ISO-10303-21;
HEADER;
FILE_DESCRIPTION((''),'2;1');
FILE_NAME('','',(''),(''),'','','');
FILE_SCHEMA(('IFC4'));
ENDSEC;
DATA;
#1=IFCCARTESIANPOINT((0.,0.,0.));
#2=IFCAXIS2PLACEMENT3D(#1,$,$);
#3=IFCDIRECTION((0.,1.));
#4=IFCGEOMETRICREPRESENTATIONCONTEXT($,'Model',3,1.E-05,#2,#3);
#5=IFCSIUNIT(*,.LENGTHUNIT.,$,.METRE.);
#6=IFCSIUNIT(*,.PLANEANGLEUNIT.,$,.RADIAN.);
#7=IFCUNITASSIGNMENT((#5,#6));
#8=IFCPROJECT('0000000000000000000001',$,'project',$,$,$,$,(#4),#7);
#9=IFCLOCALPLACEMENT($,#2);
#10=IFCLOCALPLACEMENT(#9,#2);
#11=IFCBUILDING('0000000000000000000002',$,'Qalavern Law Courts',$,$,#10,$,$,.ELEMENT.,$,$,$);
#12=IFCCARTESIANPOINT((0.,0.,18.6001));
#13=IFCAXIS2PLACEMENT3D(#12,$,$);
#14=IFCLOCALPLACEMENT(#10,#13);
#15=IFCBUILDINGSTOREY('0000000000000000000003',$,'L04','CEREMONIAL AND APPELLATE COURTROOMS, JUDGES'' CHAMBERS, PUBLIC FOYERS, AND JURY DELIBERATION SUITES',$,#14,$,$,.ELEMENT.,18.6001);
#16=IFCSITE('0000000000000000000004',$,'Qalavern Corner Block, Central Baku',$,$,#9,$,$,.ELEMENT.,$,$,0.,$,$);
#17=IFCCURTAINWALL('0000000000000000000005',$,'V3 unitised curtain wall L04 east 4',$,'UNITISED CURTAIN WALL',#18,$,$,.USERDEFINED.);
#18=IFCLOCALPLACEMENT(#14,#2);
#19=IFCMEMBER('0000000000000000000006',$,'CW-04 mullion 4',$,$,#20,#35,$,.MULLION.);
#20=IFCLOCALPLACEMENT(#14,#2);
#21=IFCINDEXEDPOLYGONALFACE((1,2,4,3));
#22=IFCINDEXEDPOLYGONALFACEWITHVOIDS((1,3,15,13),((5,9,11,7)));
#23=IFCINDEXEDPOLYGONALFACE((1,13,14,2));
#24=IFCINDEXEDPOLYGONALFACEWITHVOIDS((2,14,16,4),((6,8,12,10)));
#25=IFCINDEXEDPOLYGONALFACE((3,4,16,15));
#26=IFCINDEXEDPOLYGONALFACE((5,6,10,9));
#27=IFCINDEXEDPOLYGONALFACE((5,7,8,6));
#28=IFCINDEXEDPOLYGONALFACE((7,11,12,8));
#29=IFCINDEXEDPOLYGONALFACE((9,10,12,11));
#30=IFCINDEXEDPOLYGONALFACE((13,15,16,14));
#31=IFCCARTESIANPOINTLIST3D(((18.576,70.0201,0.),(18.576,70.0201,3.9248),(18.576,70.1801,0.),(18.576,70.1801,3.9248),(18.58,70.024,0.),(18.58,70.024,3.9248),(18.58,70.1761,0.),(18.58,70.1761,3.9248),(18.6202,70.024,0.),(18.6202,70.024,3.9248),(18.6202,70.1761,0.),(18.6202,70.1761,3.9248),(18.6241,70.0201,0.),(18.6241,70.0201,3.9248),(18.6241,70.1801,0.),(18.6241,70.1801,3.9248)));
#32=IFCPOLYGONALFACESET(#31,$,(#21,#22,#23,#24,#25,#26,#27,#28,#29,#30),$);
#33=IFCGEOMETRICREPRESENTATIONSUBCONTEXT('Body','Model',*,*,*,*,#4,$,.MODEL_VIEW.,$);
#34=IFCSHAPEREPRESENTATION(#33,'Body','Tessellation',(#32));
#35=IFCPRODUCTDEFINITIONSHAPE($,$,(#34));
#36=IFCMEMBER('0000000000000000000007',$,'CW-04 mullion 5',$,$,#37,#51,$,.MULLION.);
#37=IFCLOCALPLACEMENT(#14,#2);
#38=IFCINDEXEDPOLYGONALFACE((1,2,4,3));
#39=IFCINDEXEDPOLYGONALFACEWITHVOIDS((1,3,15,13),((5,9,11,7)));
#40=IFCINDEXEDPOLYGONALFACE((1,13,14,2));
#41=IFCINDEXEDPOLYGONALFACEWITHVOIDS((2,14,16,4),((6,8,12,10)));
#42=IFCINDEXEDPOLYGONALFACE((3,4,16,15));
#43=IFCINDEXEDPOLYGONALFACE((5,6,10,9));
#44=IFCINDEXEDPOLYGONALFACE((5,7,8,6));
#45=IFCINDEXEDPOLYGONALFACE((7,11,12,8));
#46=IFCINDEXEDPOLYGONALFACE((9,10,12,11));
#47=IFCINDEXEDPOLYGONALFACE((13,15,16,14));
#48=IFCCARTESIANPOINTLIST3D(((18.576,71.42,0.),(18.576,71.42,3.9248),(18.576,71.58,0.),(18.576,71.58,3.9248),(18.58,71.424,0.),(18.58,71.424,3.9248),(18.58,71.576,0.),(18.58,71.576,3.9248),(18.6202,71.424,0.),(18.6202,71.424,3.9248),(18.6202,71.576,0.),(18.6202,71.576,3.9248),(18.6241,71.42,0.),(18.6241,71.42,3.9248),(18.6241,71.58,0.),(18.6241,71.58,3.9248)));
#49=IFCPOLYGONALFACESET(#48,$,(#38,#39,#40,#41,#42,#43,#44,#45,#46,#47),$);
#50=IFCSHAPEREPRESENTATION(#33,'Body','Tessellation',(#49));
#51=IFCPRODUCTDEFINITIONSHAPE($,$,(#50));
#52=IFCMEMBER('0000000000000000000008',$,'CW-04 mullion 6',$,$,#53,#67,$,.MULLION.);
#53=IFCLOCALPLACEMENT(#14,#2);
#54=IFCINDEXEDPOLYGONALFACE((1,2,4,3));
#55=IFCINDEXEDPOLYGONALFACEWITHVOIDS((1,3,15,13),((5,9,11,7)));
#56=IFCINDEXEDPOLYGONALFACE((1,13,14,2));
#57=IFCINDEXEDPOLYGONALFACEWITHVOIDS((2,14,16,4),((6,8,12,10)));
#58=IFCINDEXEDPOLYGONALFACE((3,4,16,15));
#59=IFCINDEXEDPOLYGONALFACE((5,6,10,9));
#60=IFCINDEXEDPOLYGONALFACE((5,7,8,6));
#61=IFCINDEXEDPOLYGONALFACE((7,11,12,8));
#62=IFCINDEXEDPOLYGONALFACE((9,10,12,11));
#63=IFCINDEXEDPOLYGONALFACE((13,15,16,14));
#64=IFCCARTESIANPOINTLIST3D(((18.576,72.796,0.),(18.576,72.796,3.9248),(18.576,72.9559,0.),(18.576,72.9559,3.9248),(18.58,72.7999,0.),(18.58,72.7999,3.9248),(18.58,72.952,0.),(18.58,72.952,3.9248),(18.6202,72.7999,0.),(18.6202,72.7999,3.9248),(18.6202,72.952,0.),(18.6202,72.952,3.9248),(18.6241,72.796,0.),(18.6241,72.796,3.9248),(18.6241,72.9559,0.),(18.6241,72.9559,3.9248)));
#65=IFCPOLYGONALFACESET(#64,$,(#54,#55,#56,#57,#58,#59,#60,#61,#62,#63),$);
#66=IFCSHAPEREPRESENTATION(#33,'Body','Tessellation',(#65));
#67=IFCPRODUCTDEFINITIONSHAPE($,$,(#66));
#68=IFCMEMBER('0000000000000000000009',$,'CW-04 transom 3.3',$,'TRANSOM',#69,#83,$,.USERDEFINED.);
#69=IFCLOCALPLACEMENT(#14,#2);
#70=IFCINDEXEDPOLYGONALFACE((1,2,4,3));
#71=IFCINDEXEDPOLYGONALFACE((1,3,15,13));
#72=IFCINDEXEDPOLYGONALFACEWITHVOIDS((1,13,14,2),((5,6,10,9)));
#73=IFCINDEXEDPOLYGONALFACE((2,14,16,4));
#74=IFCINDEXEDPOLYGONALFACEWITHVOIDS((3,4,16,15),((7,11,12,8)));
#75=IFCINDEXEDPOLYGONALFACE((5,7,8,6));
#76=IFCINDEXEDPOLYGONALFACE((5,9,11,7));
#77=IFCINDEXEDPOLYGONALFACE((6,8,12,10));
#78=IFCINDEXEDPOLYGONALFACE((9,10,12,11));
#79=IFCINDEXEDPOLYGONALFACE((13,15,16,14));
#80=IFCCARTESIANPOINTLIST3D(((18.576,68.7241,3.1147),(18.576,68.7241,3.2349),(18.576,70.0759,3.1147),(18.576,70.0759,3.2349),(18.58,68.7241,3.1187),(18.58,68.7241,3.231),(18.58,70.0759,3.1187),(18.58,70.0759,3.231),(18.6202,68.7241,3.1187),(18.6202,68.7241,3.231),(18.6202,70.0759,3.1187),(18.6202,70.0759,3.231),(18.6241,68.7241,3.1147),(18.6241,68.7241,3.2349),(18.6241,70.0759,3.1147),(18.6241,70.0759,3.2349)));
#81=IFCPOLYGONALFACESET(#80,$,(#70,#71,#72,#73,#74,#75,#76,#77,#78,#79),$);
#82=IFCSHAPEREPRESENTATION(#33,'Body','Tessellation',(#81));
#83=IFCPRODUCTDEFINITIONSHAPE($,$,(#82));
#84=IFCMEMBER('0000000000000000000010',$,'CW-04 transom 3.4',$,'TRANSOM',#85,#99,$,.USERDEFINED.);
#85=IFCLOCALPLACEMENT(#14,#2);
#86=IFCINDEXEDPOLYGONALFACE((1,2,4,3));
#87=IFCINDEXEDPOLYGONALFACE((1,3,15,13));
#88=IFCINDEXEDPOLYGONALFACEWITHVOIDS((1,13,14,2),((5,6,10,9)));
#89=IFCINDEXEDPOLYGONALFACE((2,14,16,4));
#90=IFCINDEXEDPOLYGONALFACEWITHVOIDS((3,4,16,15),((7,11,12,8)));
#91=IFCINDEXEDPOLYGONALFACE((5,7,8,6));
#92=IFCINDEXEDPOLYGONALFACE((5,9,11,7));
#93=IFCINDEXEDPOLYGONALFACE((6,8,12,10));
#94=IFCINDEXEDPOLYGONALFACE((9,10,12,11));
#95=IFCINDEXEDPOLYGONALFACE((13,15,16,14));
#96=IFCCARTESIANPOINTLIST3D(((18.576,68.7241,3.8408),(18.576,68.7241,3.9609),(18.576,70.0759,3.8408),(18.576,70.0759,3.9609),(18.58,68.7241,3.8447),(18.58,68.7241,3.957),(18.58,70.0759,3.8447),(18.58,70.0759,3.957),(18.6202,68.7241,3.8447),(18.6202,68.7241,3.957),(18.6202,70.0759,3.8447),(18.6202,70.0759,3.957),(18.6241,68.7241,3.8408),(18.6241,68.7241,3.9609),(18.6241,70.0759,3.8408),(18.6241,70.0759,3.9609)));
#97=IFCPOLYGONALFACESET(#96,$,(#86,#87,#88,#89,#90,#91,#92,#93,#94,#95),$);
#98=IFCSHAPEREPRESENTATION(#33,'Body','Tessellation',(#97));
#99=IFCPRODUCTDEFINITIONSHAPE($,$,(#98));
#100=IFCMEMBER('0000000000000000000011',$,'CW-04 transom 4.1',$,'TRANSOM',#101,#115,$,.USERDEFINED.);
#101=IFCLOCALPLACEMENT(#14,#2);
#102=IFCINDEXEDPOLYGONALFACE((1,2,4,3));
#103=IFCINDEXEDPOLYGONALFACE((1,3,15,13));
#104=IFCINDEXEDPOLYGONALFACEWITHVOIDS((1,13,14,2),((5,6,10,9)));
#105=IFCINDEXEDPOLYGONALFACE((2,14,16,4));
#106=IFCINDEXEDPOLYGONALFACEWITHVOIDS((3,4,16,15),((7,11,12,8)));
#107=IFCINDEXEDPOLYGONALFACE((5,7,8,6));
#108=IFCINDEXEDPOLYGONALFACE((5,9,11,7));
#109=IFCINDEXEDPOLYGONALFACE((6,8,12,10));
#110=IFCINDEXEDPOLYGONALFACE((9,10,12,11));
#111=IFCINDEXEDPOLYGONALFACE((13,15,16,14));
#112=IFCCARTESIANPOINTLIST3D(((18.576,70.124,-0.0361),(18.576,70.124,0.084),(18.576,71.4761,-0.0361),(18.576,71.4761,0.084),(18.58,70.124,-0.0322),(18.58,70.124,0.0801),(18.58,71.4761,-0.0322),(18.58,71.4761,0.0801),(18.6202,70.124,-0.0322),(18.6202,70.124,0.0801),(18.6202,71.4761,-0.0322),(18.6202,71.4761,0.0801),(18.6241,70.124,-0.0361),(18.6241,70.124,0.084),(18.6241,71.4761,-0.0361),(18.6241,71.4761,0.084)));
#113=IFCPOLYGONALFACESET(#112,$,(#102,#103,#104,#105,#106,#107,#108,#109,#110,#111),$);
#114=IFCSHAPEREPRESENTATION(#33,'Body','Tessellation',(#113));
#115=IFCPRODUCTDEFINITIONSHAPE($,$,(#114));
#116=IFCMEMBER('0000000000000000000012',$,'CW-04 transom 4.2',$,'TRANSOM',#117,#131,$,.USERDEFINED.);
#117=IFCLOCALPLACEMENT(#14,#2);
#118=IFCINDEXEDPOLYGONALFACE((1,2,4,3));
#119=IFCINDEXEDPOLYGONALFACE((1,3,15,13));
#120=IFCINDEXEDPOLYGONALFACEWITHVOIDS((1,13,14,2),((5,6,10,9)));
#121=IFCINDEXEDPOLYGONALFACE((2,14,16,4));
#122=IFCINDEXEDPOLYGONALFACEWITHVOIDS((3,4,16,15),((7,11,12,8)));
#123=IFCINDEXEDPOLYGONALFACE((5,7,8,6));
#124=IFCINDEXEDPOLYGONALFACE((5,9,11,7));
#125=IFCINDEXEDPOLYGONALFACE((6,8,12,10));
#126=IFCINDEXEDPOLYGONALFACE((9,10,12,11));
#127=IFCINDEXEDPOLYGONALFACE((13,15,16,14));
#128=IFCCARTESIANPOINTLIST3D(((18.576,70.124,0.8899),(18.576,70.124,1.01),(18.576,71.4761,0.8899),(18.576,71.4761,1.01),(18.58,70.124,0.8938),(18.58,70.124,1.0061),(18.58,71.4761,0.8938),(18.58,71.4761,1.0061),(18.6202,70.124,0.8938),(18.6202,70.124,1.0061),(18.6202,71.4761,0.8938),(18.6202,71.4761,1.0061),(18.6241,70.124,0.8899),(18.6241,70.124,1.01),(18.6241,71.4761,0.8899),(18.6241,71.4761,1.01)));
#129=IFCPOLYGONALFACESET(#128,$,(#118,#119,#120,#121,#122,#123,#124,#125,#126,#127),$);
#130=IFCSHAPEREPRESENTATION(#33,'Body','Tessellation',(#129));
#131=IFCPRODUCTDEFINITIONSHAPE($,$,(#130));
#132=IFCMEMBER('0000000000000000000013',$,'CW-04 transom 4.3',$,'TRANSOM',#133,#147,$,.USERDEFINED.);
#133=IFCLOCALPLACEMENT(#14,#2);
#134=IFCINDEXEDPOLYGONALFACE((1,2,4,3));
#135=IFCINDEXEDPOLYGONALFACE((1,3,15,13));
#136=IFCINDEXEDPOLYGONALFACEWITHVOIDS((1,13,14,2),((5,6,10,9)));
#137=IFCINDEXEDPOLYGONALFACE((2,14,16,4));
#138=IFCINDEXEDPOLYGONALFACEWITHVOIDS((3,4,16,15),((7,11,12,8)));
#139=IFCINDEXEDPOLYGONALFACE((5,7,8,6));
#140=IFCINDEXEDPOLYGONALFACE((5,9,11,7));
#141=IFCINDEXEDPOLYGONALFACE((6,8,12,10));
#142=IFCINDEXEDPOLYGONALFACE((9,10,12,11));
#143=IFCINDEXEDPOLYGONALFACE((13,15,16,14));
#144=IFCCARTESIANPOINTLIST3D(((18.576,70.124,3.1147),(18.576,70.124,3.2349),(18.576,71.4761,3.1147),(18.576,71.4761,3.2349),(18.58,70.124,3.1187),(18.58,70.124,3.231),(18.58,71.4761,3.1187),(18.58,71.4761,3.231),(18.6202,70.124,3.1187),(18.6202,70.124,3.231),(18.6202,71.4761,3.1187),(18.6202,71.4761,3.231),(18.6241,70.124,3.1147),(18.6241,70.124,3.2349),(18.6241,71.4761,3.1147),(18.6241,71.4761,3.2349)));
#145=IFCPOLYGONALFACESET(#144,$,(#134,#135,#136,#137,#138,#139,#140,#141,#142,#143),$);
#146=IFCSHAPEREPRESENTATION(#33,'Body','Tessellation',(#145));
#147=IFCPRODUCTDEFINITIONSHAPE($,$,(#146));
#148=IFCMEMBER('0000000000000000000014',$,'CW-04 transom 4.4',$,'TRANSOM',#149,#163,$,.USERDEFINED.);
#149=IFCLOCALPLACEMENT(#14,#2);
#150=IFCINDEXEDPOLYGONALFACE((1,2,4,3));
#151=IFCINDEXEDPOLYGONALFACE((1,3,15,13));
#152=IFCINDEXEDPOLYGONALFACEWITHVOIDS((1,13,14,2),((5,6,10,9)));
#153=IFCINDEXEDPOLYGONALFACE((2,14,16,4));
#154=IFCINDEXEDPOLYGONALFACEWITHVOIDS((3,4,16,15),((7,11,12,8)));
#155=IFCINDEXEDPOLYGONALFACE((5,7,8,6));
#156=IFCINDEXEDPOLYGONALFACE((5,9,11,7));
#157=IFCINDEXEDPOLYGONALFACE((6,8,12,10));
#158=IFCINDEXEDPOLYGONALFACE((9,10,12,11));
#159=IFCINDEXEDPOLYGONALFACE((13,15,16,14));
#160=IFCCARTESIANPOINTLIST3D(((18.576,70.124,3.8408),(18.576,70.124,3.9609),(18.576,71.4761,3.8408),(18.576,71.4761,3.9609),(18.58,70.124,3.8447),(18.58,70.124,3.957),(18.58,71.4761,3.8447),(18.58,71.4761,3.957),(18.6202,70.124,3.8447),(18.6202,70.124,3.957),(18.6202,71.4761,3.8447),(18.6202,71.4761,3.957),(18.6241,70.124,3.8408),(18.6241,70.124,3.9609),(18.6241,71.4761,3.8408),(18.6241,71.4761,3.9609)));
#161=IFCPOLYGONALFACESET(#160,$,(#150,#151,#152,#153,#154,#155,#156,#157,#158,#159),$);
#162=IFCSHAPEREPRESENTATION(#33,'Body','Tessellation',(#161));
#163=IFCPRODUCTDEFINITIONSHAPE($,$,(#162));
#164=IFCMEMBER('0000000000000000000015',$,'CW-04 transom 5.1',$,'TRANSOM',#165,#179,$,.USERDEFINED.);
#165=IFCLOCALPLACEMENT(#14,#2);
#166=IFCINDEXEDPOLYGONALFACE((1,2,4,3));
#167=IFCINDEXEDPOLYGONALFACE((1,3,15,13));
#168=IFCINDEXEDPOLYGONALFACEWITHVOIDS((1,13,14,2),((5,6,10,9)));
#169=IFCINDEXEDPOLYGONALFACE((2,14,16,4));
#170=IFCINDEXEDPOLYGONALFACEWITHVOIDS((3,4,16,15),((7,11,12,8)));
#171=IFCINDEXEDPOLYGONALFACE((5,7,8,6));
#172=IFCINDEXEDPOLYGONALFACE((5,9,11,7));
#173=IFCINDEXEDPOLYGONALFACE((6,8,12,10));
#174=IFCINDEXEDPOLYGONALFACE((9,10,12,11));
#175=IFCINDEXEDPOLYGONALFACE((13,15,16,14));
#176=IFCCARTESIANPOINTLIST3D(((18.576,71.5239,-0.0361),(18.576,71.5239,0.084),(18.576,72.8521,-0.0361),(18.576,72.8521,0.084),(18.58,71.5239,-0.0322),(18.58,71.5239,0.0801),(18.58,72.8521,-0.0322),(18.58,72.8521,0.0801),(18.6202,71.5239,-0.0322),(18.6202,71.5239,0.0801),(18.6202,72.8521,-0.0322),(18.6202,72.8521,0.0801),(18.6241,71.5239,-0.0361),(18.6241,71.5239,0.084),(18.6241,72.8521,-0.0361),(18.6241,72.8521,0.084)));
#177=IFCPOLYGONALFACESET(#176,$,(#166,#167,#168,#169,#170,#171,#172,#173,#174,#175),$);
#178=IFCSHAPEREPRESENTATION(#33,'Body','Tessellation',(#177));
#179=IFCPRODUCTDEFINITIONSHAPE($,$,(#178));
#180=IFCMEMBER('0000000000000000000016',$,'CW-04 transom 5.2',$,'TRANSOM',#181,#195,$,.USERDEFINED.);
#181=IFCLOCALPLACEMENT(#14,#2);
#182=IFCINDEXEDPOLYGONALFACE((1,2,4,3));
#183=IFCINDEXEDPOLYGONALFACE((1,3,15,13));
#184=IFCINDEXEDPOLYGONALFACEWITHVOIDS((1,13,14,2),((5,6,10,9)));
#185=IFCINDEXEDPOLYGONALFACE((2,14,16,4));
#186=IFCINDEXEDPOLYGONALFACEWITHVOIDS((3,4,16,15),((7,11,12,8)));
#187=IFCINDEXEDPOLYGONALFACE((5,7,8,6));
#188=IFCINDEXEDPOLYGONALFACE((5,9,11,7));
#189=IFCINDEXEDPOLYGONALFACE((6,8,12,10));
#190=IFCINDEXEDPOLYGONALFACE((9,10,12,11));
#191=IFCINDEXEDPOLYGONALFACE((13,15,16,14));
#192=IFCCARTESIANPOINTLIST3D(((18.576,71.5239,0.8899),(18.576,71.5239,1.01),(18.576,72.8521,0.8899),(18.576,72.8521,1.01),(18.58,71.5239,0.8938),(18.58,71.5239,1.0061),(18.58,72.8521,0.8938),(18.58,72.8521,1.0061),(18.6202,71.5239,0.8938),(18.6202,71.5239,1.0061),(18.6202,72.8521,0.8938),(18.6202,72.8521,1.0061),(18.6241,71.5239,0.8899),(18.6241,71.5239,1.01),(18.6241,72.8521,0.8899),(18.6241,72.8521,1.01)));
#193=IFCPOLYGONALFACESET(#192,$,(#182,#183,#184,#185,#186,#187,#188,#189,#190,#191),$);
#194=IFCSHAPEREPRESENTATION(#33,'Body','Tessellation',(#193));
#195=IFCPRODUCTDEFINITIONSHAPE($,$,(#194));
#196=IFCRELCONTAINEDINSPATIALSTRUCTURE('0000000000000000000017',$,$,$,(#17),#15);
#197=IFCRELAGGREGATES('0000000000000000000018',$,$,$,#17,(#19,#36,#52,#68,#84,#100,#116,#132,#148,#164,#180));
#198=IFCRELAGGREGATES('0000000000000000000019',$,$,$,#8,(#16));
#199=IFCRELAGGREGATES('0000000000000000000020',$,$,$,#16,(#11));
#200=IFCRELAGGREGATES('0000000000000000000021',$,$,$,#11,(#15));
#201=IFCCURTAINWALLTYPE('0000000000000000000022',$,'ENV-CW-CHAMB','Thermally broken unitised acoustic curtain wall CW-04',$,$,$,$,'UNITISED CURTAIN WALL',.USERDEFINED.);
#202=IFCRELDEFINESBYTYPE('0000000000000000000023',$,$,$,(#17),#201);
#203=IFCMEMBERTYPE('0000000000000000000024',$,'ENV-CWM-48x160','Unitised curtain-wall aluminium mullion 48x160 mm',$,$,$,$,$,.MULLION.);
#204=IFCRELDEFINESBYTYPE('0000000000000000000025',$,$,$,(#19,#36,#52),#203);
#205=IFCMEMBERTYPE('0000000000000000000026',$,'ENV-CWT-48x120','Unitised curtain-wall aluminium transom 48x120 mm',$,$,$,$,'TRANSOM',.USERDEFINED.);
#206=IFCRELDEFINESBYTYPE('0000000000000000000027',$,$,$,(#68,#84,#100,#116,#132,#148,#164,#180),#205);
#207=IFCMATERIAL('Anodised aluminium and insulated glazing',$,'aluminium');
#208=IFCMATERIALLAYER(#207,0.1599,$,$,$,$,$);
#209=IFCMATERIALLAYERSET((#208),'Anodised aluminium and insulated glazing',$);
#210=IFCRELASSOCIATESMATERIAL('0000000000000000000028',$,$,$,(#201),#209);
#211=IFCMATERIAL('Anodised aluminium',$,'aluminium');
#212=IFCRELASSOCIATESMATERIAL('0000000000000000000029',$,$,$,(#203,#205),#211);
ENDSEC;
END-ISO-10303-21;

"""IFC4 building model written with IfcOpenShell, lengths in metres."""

from ifc_helpers import new_model, si_unit, direction, frame, origin, origin_2d, place, context, subcontext, project, spatial, hollow_rectangle, extrude, material, layer, layer_set, material_profile, profile_set, type_object, element, aggregate, save


model = new_model("IFC4")

# Units and contexts
model_context = context("Model", 3, precision=1e-05, world=origin(), true_north=direction((0.0, 1.0)))
body_context = subcontext(model_context, "Body", "Model", "MODEL_VIEW")
ifc_project = project(units=[si_unit("LENGTHUNIT", "METRE"), si_unit("PLANEANGLEUNIT", "RADIAN")], contexts=[model_context])

# Site, building, storey
site_placement = place(None, origin())
site = spatial("IfcSite", under=ifc_project, at=site_placement, Name="Qalavern Corner Block, Central Baku", CompositionType="ELEMENT", RefElevation=0.0)
building_placement = place(site_placement, origin())
building = spatial("IfcBuilding", under=site, at=building_placement, Name="Qalavern Law Courts", CompositionType="ELEMENT")
storey_placement = place(building_placement, frame((0.0, 0.0, 18.6001)))
storey = spatial("IfcBuildingStorey", under=building, at=storey_placement, Name="L04", Description="CEREMONIAL AND APPELLATE COURTROOMS, JUDGES' CHAMBERS, PUBLIC FOYERS, AND JURY DELIBERATION SUITES", CompositionType="ELEMENT", Elevation=18.6001)

# Curtain wall, members
ifc_material_1 = material(Name="Anodised aluminium and insulated glazing", Category="aluminium")
ifc_layer_1 = layer(ifc_material_1, 0.1599)
ifc_layer_set_1 = layer_set([ifc_layer_1], Name="Anodised aluminium and insulated glazing")
curtain_wall_type = type_object("IfcCurtainWallType", Name="ENV-CW-CHAMB", Description="Thermally broken unitised acoustic curtain wall CW-04", ElementType="UNITISED CURTAIN WALL", PredefinedType="USERDEFINED", material=ifc_layer_set_1)
curtain_wall_placement = place(storey_placement, origin())
curtain_wall = element("IfcCurtainWall", 1, at=curtain_wall_placement, inside=storey, type_object=curtain_wall_type, Name="V3 unitised curtain wall L04 east 4", ObjectType="UNITISED CURTAIN WALL", PredefinedType="USERDEFINED")
ifc_material_2 = material(Name="Anodised aluminium", Category="aluminium")
ifc_material_profile_1 = material_profile(ifc_material_2, hollow_rectangle(XDim=0.0481, YDim=0.1599, WallThickness=0.0039, at=origin_2d()), Name="ALU MULLION 48x160")
ifc_profile_set_1 = profile_set([ifc_material_profile_1], Name="Anodised aluminium")
member_type_1 = type_object("IfcMemberType", Name="ENV-CWM-48x160", Description="Unitised curtain-wall aluminium mullion 48x160 mm", PredefinedType="MULLION", material=ifc_profile_set_1)
member_1_placement = place(storey_placement, frame((18.6001, 70.1001, 0.0), z_axis=(0.0, 0.0, 1.0), x_axis=(-1.0, 0.0, 0.0)))
member_1 = element("IfcMember", 2, at=member_1_placement, type_object=member_type_1, Name="CW-04 mullion 4", PredefinedType="MULLION", context=body_context, shape_type="SweptSolid", body=[
    extrude(hollow_rectangle(XDim=0.0481, YDim=0.1599, WallThickness=0.0039, at=origin_2d()), origin(), (0.0, 0.0, 1.0), 3.9248),
])
member_2_placement = place(storey_placement, frame((18.6001, 71.5, 0.0), z_axis=(0.0, 0.0, 1.0), x_axis=(-1.0, 0.0, 0.0)))
member_2 = element("IfcMember", 3, at=member_2_placement, type_object=member_type_1, Name="CW-04 mullion 5", PredefinedType="MULLION", context=body_context, shape_type="SweptSolid", body=[
    extrude(hollow_rectangle(XDim=0.0481, YDim=0.1599, WallThickness=0.0039, at=origin_2d()), origin(), (0.0, 0.0, 1.0), 3.9248),
])
member_3_placement = place(storey_placement, frame((18.6001, 72.876, 0.0), z_axis=(0.0, 0.0, 1.0), x_axis=(-1.0, 0.0, 0.0)))
member_3 = element("IfcMember", 4, at=member_3_placement, type_object=member_type_1, Name="CW-04 mullion 6", PredefinedType="MULLION", context=body_context, shape_type="SweptSolid", body=[
    extrude(hollow_rectangle(XDim=0.0481, YDim=0.1599, WallThickness=0.0039, at=origin_2d()), origin(), (0.0, 0.0, 1.0), 3.9248),
])
ifc_material_profile_2 = material_profile(ifc_material_2, hollow_rectangle(XDim=0.0481, YDim=0.1201, WallThickness=0.0039, at=origin_2d()), Name="ALU TRANSOM 48x120")
ifc_profile_set_2 = profile_set([ifc_material_profile_2], Name="Anodised aluminium")
member_type_2 = type_object("IfcMemberType", Name="ENV-CWT-48x120", Description="Unitised curtain-wall aluminium transom 48x120 mm", ElementType="TRANSOM", PredefinedType="USERDEFINED", material=ifc_profile_set_2)
member_4_placement = place(storey_placement, frame((18.6001, 68.7241, 3.1748), z_axis=(0.0, 1.0, 0.0), x_axis=(-1.0, 0.0, 0.0)))
member_4 = element("IfcMember", 5, at=member_4_placement, type_object=member_type_2, Name="CW-04 transom 3.3", ObjectType="TRANSOM", PredefinedType="USERDEFINED", context=body_context, shape_type="SweptSolid", body=[
    extrude(hollow_rectangle(XDim=0.0481, YDim=0.1201, WallThickness=0.0039, at=origin_2d()), origin(), (0.0, 0.0, 1.0), 1.3518),
])
member_5_placement = place(storey_placement, frame((18.6001, 68.7241, 3.9009), z_axis=(0.0, 1.0, 0.0), x_axis=(-1.0, 0.0, 0.0)))
member_5 = element("IfcMember", 6, at=member_5_placement, type_object=member_type_2, Name="CW-04 transom 3.4", ObjectType="TRANSOM", PredefinedType="USERDEFINED", context=body_context, shape_type="SweptSolid", body=[
    extrude(hollow_rectangle(XDim=0.0481, YDim=0.1201, WallThickness=0.0039, at=origin_2d()), origin(), (0.0, 0.0, 1.0), 1.3518),
])
member_6_placement = place(storey_placement, frame((18.6001, 70.124, 0.0239), z_axis=(0.0, 1.0, 0.0), x_axis=(-1.0, 0.0, 0.0)))
member_6 = element("IfcMember", 7, at=member_6_placement, type_object=member_type_2, Name="CW-04 transom 4.1", ObjectType="TRANSOM", PredefinedType="USERDEFINED", context=body_context, shape_type="SweptSolid", body=[
    extrude(hollow_rectangle(XDim=0.0481, YDim=0.1201, WallThickness=0.0039, at=origin_2d()), origin(), (0.0, 0.0, 1.0), 1.3521),
])
member_7_placement = place(storey_placement, frame((18.6001, 70.124, 0.95), z_axis=(0.0, 1.0, 0.0), x_axis=(-1.0, 0.0, 0.0)))
member_7 = element("IfcMember", 8, at=member_7_placement, type_object=member_type_2, Name="CW-04 transom 4.2", ObjectType="TRANSOM", PredefinedType="USERDEFINED", context=body_context, shape_type="SweptSolid", body=[
    extrude(hollow_rectangle(XDim=0.0481, YDim=0.1201, WallThickness=0.0039, at=origin_2d()), origin(), (0.0, 0.0, 1.0), 1.3521),
])
member_8_placement = place(storey_placement, frame((18.6001, 70.124, 3.1748), z_axis=(0.0, 1.0, 0.0), x_axis=(-1.0, 0.0, 0.0)))
member_8 = element("IfcMember", 9, at=member_8_placement, type_object=member_type_2, Name="CW-04 transom 4.3", ObjectType="TRANSOM", PredefinedType="USERDEFINED", context=body_context, shape_type="SweptSolid", body=[
    extrude(hollow_rectangle(XDim=0.0481, YDim=0.1201, WallThickness=0.0039, at=origin_2d()), origin(), (0.0, 0.0, 1.0), 1.3521),
])
member_9_placement = place(storey_placement, frame((18.6001, 70.124, 3.9009), z_axis=(0.0, 1.0, 0.0), x_axis=(-1.0, 0.0, 0.0)))
member_9 = element("IfcMember", 10, at=member_9_placement, type_object=member_type_2, Name="CW-04 transom 4.4", ObjectType="TRANSOM", PredefinedType="USERDEFINED", context=body_context, shape_type="SweptSolid", body=[
    extrude(hollow_rectangle(XDim=0.0481, YDim=0.1201, WallThickness=0.0039, at=origin_2d()), origin(), (0.0, 0.0, 1.0), 1.3521),
])
member_10_placement = place(storey_placement, frame((18.6001, 71.5239, 0.0239), z_axis=(0.0, 1.0, 0.0), x_axis=(-1.0, 0.0, 0.0)))
member_10 = element("IfcMember", 11, at=member_10_placement, type_object=member_type_2, Name="CW-04 transom 5.1", ObjectType="TRANSOM", PredefinedType="USERDEFINED", context=body_context, shape_type="SweptSolid", body=[
    extrude(hollow_rectangle(XDim=0.0481, YDim=0.1201, WallThickness=0.0039, at=origin_2d()), origin(), (0.0, 0.0, 1.0), 1.3281),
])
member_11_placement = place(storey_placement, frame((18.6001, 71.5239, 0.95), z_axis=(0.0, 1.0, 0.0), x_axis=(-1.0, 0.0, 0.0)))
member_11 = element("IfcMember", 12, at=member_11_placement, type_object=member_type_2, Name="CW-04 transom 5.2", ObjectType="TRANSOM", PredefinedType="USERDEFINED", context=body_context, shape_type="SweptSolid", body=[
    extrude(hollow_rectangle(XDim=0.0481, YDim=0.1201, WallThickness=0.0039, at=origin_2d()), origin(), (0.0, 0.0, 1.0), 1.3281),
])
aggregate(curtain_wall, [member_1, member_2, member_3, member_4, member_5, member_6, member_7, member_8, member_9, member_10, member_11])

save(model, "model.ifc")
